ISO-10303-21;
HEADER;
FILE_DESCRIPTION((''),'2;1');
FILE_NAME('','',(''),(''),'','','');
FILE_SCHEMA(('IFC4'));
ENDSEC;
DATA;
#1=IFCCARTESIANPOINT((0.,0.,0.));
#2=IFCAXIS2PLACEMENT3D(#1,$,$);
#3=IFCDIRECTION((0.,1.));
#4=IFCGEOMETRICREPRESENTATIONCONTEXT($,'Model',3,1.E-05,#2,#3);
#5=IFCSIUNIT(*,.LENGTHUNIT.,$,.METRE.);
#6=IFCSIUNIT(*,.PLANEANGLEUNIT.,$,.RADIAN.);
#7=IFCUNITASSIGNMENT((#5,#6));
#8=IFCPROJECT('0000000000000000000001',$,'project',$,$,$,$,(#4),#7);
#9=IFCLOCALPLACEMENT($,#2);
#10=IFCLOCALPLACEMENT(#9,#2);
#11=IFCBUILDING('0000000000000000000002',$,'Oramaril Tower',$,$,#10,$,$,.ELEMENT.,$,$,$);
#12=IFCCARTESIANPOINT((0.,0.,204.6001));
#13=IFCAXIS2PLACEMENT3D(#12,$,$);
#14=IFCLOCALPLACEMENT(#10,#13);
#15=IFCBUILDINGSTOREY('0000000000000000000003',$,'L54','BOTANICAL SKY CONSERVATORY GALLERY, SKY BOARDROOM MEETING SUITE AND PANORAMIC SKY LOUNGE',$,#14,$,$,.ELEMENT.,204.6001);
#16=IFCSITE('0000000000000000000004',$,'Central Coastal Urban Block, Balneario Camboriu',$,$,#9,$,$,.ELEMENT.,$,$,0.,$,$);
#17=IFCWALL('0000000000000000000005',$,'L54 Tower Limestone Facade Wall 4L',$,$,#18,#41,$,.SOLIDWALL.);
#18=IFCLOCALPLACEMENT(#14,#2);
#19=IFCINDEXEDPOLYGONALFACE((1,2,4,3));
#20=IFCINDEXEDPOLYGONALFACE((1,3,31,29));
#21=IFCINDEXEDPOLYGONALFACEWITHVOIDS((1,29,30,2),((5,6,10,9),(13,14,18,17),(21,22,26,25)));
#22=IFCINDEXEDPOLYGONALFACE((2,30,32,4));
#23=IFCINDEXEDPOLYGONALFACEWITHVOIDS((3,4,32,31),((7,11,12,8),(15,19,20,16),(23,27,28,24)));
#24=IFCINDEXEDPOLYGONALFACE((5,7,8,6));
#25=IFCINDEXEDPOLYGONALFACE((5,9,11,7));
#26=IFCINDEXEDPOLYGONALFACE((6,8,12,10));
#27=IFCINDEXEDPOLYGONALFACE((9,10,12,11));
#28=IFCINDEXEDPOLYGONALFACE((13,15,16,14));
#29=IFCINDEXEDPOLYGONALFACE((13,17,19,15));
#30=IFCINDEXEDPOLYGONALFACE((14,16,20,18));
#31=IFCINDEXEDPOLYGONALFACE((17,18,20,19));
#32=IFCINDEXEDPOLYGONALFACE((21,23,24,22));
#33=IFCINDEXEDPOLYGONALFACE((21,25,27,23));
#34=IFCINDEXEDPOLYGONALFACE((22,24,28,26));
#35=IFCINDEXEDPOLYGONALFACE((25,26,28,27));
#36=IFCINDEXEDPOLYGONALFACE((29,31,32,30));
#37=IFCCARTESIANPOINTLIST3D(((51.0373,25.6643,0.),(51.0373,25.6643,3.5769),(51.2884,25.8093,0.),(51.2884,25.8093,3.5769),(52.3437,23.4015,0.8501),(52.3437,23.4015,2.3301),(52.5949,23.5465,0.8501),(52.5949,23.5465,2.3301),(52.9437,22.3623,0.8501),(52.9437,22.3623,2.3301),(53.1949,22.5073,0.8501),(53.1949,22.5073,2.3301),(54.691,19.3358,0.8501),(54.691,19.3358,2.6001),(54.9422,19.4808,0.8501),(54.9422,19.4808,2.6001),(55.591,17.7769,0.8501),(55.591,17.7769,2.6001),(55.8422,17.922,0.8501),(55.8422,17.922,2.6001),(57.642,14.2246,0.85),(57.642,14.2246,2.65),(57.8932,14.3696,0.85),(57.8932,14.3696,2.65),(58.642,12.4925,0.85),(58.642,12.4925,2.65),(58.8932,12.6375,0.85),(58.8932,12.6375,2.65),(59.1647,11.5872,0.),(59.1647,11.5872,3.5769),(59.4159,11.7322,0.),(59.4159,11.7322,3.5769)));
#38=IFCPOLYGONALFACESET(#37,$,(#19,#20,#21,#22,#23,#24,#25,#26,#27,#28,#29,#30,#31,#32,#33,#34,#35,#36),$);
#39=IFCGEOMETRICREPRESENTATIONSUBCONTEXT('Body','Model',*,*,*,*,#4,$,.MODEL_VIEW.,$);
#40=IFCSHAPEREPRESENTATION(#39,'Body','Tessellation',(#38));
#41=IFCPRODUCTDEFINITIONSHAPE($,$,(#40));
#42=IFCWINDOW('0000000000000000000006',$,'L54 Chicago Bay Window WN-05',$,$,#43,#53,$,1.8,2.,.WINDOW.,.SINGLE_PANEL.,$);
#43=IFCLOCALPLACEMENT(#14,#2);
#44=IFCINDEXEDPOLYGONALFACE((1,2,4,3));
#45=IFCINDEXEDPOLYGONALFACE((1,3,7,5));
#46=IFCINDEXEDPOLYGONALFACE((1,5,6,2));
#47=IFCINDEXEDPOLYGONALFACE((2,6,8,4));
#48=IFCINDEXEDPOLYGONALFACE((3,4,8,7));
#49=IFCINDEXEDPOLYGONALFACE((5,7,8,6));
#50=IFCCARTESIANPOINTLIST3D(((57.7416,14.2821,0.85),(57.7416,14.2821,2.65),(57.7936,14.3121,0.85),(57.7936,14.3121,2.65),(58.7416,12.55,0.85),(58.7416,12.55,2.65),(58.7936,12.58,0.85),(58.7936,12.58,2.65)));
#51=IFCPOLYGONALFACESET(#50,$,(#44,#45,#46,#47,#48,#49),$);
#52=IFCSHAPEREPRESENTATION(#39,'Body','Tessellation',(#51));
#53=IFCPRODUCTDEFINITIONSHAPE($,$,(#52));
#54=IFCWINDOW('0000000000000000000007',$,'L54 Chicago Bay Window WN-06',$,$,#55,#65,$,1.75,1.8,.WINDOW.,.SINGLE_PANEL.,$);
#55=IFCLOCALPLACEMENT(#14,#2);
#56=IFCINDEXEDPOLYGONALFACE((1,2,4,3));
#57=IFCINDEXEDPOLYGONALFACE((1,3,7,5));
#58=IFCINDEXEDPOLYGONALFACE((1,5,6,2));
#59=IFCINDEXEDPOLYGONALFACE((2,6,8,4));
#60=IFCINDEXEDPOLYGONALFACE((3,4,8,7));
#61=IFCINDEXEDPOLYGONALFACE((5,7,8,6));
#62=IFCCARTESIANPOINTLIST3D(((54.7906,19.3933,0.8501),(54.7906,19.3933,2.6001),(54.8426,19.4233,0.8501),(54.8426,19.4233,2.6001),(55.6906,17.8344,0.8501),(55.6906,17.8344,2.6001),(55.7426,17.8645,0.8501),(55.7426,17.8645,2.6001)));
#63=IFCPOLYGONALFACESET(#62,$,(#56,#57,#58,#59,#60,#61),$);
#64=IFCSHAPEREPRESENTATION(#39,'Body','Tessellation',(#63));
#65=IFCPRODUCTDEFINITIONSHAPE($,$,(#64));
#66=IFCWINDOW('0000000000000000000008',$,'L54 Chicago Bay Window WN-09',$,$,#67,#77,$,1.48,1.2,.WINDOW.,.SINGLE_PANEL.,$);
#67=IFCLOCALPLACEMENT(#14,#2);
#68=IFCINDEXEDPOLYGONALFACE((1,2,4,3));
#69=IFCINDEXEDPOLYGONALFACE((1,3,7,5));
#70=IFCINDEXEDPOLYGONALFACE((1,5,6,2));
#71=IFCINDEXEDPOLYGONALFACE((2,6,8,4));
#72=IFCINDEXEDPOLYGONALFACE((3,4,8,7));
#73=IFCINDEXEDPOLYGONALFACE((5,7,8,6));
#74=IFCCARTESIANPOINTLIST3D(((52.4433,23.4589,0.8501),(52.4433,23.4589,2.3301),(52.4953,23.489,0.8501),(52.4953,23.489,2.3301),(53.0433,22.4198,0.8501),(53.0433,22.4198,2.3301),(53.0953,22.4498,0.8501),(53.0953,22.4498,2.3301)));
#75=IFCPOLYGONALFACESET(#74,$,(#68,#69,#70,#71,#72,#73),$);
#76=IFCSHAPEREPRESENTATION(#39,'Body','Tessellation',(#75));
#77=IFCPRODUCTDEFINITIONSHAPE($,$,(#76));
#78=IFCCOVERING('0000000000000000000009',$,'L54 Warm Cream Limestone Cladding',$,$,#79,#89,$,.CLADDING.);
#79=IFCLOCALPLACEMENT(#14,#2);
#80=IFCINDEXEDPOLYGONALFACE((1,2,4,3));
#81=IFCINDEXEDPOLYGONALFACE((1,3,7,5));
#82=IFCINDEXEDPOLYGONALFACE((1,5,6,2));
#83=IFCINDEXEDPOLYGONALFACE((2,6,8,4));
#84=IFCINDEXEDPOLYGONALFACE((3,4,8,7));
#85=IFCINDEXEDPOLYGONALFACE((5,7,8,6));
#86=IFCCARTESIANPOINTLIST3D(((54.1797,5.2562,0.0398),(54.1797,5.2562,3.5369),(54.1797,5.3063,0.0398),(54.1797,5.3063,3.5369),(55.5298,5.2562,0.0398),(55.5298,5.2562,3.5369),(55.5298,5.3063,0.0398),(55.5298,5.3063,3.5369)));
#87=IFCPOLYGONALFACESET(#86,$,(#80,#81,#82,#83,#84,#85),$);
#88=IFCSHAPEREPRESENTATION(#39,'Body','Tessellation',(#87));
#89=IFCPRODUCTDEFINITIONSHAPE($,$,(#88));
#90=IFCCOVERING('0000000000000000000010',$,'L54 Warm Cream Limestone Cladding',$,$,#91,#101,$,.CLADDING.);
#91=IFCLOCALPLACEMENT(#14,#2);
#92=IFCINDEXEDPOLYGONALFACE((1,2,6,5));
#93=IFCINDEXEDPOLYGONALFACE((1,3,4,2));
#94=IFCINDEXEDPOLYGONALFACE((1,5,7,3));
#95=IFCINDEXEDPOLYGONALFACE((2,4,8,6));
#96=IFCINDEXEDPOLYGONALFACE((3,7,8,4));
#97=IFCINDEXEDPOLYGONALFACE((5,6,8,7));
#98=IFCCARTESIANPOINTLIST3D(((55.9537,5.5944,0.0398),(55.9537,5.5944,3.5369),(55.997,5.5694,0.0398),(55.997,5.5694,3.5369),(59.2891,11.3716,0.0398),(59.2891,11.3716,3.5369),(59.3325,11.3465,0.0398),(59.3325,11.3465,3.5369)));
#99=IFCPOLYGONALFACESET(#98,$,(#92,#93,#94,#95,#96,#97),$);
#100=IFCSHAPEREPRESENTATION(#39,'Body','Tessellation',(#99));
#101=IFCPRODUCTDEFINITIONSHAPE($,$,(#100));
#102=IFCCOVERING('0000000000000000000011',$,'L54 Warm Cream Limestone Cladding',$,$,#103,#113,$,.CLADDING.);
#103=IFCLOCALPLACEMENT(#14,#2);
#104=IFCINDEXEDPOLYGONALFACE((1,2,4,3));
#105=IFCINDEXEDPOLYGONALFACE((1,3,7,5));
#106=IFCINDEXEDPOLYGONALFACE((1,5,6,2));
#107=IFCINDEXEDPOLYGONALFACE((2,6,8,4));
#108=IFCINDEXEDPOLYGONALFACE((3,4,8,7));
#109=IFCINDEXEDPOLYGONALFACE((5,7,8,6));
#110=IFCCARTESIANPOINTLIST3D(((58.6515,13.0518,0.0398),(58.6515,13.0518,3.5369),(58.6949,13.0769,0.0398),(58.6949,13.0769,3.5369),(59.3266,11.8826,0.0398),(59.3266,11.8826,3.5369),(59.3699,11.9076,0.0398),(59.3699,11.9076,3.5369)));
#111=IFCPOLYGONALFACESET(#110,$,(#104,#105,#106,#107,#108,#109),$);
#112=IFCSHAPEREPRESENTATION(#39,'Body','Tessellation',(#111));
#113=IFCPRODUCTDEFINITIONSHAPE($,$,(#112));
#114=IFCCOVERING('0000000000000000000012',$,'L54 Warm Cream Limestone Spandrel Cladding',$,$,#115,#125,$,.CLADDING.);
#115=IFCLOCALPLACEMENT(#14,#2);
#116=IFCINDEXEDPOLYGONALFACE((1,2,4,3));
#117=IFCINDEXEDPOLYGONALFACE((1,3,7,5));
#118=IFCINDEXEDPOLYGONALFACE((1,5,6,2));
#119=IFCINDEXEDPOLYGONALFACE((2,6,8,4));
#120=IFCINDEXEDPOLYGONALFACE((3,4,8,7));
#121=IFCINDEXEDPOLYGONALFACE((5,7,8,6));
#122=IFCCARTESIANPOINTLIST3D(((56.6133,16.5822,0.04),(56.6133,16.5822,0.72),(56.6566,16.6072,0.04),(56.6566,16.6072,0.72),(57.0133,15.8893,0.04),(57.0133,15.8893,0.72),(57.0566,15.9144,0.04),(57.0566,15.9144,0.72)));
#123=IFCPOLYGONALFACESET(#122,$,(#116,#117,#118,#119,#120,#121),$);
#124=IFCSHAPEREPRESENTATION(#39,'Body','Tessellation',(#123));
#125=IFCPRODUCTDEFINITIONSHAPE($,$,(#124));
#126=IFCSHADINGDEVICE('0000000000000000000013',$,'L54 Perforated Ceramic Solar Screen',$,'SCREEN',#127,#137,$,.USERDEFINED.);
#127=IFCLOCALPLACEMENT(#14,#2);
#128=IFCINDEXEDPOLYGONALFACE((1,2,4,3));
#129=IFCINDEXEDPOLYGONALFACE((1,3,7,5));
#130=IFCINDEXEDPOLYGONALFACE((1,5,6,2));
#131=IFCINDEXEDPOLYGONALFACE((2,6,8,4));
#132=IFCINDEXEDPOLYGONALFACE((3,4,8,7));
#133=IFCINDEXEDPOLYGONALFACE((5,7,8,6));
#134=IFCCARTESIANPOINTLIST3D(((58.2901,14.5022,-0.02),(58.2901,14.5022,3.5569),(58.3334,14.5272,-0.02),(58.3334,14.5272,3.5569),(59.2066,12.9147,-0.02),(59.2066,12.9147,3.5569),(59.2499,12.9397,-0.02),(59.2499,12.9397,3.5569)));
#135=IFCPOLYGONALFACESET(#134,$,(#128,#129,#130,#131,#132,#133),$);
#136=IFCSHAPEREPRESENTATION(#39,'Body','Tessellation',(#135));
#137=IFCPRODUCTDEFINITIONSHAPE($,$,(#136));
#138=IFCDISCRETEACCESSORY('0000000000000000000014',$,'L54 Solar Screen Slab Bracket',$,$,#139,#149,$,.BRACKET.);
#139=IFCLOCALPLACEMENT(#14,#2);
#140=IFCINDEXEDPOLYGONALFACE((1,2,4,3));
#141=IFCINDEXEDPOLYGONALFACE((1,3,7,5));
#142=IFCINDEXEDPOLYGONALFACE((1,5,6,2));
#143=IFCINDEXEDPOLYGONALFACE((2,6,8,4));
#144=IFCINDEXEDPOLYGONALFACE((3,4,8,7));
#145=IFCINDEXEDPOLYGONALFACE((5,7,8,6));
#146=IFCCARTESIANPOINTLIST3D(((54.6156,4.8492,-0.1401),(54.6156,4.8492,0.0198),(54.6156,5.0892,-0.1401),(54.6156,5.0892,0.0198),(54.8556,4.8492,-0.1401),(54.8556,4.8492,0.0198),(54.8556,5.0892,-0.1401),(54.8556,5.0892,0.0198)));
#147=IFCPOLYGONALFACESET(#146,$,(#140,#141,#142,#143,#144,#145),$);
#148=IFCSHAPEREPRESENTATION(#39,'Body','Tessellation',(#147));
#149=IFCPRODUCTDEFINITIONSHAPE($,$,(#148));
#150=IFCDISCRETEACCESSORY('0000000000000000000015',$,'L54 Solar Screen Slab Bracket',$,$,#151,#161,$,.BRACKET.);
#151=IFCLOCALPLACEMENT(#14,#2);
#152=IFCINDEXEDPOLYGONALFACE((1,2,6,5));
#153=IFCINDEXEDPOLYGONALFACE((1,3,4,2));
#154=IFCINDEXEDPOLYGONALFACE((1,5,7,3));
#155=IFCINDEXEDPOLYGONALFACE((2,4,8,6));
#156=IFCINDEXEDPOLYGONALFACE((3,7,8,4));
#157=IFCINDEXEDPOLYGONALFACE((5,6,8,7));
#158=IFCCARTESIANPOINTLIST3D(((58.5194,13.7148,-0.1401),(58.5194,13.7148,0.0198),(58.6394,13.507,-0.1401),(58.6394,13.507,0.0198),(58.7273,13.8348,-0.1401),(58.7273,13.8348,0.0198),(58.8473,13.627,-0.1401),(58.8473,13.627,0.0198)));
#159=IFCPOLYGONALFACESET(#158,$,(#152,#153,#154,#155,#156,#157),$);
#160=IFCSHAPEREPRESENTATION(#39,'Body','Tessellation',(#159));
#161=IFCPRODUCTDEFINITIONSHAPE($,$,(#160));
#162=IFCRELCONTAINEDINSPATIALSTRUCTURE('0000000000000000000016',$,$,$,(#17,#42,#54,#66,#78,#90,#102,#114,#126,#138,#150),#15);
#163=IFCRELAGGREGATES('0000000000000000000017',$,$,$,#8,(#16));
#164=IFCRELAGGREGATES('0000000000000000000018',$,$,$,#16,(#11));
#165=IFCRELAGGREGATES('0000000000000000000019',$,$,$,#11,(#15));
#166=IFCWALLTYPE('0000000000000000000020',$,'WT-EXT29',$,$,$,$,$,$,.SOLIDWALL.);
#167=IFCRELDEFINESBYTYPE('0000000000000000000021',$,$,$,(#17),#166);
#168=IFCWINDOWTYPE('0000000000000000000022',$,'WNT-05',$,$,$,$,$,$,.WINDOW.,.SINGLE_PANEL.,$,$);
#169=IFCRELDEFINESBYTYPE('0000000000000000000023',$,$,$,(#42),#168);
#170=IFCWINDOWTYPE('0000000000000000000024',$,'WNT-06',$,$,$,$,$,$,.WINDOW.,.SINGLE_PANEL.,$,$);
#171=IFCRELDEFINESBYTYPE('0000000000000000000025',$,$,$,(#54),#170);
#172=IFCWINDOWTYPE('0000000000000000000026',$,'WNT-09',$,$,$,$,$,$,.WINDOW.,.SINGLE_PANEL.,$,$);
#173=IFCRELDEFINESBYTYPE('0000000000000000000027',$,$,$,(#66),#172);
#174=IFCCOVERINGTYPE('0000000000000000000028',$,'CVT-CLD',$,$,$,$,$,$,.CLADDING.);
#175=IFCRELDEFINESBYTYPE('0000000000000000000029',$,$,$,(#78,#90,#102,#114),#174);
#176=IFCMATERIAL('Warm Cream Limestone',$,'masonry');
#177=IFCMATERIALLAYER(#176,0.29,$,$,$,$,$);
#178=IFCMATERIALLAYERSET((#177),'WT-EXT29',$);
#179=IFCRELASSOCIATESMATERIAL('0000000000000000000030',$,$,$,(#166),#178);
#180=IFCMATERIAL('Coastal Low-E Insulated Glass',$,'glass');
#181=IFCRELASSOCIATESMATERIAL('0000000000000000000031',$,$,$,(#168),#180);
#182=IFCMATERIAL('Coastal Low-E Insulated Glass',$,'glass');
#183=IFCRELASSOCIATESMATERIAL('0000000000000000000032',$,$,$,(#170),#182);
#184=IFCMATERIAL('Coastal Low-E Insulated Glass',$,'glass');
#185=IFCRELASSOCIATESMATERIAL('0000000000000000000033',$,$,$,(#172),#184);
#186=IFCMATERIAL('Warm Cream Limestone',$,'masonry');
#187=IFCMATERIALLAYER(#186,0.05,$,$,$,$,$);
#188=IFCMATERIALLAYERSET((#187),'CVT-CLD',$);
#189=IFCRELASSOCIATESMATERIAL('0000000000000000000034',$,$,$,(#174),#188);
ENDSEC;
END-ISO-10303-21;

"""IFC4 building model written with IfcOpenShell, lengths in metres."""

from ifc_helpers import new_model, si_unit, direction, frame, frame_2d, origin, origin_2d, place, context, subcontext, project, spatial, rectangle, extrude, material, layer, layer_set, type_object, element, fill, save


model = new_model("IFC4")

# Units and contexts
model_context = context("Model", 3, precision=1e-05, world=origin(), true_north=direction((0.0, 1.0)))
body_context = subcontext(model_context, "Body", "Model", "MODEL_VIEW")
ifc_project = project(units=[si_unit("LENGTHUNIT", "METRE"), si_unit("PLANEANGLEUNIT", "RADIAN")], contexts=[model_context])

# Site, building, storey
site_placement = place(None, origin())
site = spatial("IfcSite", under=ifc_project, at=site_placement, Name="Central Coastal Urban Block, Balneario Camboriu", CompositionType="ELEMENT", RefElevation=0.0)
building_placement = place(site_placement, origin())
building = spatial("IfcBuilding", under=site, at=building_placement, Name="Oramaril Tower", CompositionType="ELEMENT")
storey_placement = place(building_placement, frame((0.0, 0.0, 204.6001)))
storey = spatial("IfcBuildingStorey", under=building, at=storey_placement, Name="L54", Description="BOTANICAL SKY CONSERVATORY GALLERY, SKY BOARDROOM MEETING SUITE AND PANORAMIC SKY LOUNGE", CompositionType="ELEMENT", Elevation=204.6001)

# Shared definitions
ifc_material_1 = material(Name="Warm Cream Limestone", Category="masonry")
ifc_layer_1 = layer(ifc_material_1, 0.29)
ifc_layer_set_1 = layer_set([ifc_layer_1], Name="WT-EXT29")
wall_type = type_object("IfcWallType", Name="WT-EXT29", PredefinedType="SOLIDWALL", material=ifc_layer_set_1)

# Wall, openings, windows
wall_1_placement = place(storey_placement, frame((59.2903, 11.6597, 0.0), z_axis=(0.0, 0.0, 1.0), x_axis=(-0.5, 0.866026, 0.0)))
wall_1 = element("IfcWall", 1, at=wall_1_placement, inside=storey, type_object=wall_type, Name="L54 Tower Limestone Facade Wall 4L", PredefinedType="SOLIDWALL", context=body_context, shape_type="SweptSolid", body=[
    extrude(rectangle(XDim=16.2549, YDim=0.29, at=frame_2d((8.1274, 0.0))), origin(), (0.0, 0.0, 1.0), 3.5769),
])
opening_1_placement = place(wall_1_placement, frame((1.0454, 0.0, 0.8501)))
opening_1 = element("IfcOpeningElement", 2, at=opening_1_placement, cuts=wall_1, PredefinedType="OPENING", context=body_context, shape_type="SweptSolid", body=[
    extrude(rectangle(XDim=2.0, YDim=1.8, at=frame_2d((1.0, 0.8999))), frame((0.0, 0.145, 0.0), z_axis=(0.0, -1.0, 0.0), x_axis=(1.0, 0.0, 0.0)), (0.0, 0.0, 1.0), 0.29),
])
opening_2_placement = place(wall_1_placement, frame((7.1475, 0.0, 0.8501)))
opening_2 = element("IfcOpeningElement", 3, at=opening_2_placement, cuts=wall_1, PredefinedType="OPENING", context=body_context, shape_type="SweptSolid", body=[
    extrude(rectangle(XDim=1.8, YDim=1.75, at=frame_2d((0.8999, 0.875))), frame((0.0, 0.145, 0.0), z_axis=(0.0, -1.0, 0.0), x_axis=(1.0, 0.0, 0.0)), (0.0, 0.0, 1.0), 0.29),
])
opening_3_placement = place(wall_1_placement, frame((12.4419, 0.0, 0.8501)))
opening_3 = element("IfcOpeningElement", 4, at=opening_3_placement, cuts=wall_1, PredefinedType="OPENING", context=body_context, shape_type="SweptSolid", body=[
    extrude(rectangle(XDim=1.2, YDim=1.48, at=frame_2d((0.6001, 0.74))), frame((0.0, 0.145, 0.0), z_axis=(0.0, -1.0, 0.0), x_axis=(1.0, 0.0, 0.0)), (0.0, 0.0, 1.0), 0.29),
])
ifc_material_2 = material(Name="Coastal Low-E Insulated Glass", Category="glass")
window_type_1 = type_object("IfcWindowType", Name="WNT-05", PartitioningType="SINGLE_PANEL", PredefinedType="WINDOW", material=ifc_material_2)
window_1_placement = place(opening_1_placement, origin())
window_1 = element("IfcWindow", 5, at=window_1_placement, inside=storey, type_object=window_type_1, Name="L54 Chicago Bay Window WN-05", OverallHeight=1.8, OverallWidth=2.0, PartitioningType="SINGLE_PANEL", PredefinedType="WINDOW", context=body_context, shape_type="SweptSolid", body=[
    extrude(rectangle(XDim=2.0, YDim=1.8, at=frame_2d((1.0, 0.8999))), frame((0.0, 0.03, 0.0), z_axis=(0.0, -1.0, 0.0), x_axis=(1.0, 0.0, 0.0)), (0.0, 0.0, 1.0), 0.0601),
])
fill(opening_1, window_1)
ifc_material_3 = material(Name="Coastal Low-E Insulated Glass", Category="glass")
window_type_2 = type_object("IfcWindowType", Name="WNT-06", PartitioningType="SINGLE_PANEL", PredefinedType="WINDOW", material=ifc_material_3)
window_2_placement = place(opening_2_placement, origin())
window_2 = element("IfcWindow", 6, at=window_2_placement, inside=storey, type_object=window_type_2, Name="L54 Chicago Bay Window WN-06", OverallHeight=1.75, OverallWidth=1.8, PartitioningType="SINGLE_PANEL", PredefinedType="WINDOW", context=body_context, shape_type="SweptSolid", body=[
    extrude(rectangle(XDim=1.8, YDim=1.75, at=frame_2d((0.8999, 0.875))), frame((0.0, 0.03, 0.0), z_axis=(0.0, -1.0, 0.0), x_axis=(1.0, 0.0, 0.0)), (0.0, 0.0, 1.0), 0.0601),
])
fill(opening_2, window_2)
ifc_material_4 = material(Name="Coastal Low-E Insulated Glass", Category="glass")
window_type_3 = type_object("IfcWindowType", Name="WNT-09", PartitioningType="SINGLE_PANEL", PredefinedType="WINDOW", material=ifc_material_4)
window_3_placement = place(opening_3_placement, origin())
window_3 = element("IfcWindow", 7, at=window_3_placement, inside=storey, type_object=window_type_3, Name="L54 Chicago Bay Window WN-09", OverallHeight=1.48, OverallWidth=1.2, PartitioningType="SINGLE_PANEL", PredefinedType="WINDOW", context=body_context, shape_type="SweptSolid", body=[
    extrude(rectangle(XDim=1.2, YDim=1.48, at=frame_2d((0.6001, 0.74))), frame((0.0, 0.03, 0.0), z_axis=(0.0, -1.0, 0.0), x_axis=(1.0, 0.0, 0.0)), (0.0, 0.0, 1.0), 0.0601),
])
fill(opening_3, window_3)

# Coverings
ifc_material_5 = material(Name="Warm Cream Limestone", Category="masonry")
ifc_layer_2 = layer(ifc_material_5, 0.05)
ifc_layer_set_2 = layer_set([ifc_layer_2], Name="CVT-CLD")
covering_type = type_object("IfcCoveringType", Name="CVT-CLD", PredefinedType="CLADDING", material=ifc_layer_set_2)
covering_1_placement = place(storey_placement, frame((54.8547, 5.2812, 0.0398), z_axis=(0.0, 0.0, 1.0), x_axis=(1.0, 0.0, 0.0)))
element("IfcCovering", 8, at=covering_1_placement, inside=storey, type_object=covering_type, Name="L54 Warm Cream Limestone Cladding", PredefinedType="CLADDING", context=body_context, shape_type="SweptSolid", body=[
    extrude(rectangle(XDim=1.3501, YDim=0.05, at=origin_2d()), origin(), (0.0, 0.0, 1.0), 3.4971),
])
covering_2_placement = place(storey_placement, frame((57.6431, 8.4705, 0.0398), z_axis=(0.0, 0.0, 1.0), x_axis=(0.499998, 0.866026, 0.0)))
element("IfcCovering", 9, at=covering_2_placement, inside=storey, type_object=covering_type, Name="L54 Warm Cream Limestone Cladding", PredefinedType="CLADDING", context=body_context, shape_type="SweptSolid", body=[
    extrude(rectangle(XDim=6.6709, YDim=0.05, at=origin_2d()), origin(), (0.0, 0.0, 1.0), 3.4971),
])
covering_3_placement = place(storey_placement, frame((59.0107, 12.4797, 0.0398), z_axis=(0.0, 0.0, 1.0), x_axis=(-0.5, 0.866025, 0.0)))
element("IfcCovering", 10, at=covering_3_placement, inside=storey, type_object=covering_type, Name="L54 Warm Cream Limestone Cladding", PredefinedType="CLADDING", context=body_context, shape_type="SweptSolid", body=[
    extrude(rectangle(XDim=1.3501, YDim=0.05, at=origin_2d()), origin(), (0.0, 0.0, 1.0), 3.4971),
])
covering_4_placement = place(storey_placement, frame((56.835, 16.2483, 0.04), z_axis=(0.0, 0.0, 1.0), x_axis=(-0.5, 0.866025, 0.0)))
element("IfcCovering", 11, at=covering_4_placement, inside=storey, type_object=covering_type, Name="L54 Warm Cream Limestone Spandrel Cladding", PredefinedType="CLADDING", context=body_context, shape_type="SweptSolid", body=[
    extrude(rectangle(XDim=0.8, YDim=0.05, at=origin_2d()), origin(), (0.0, 0.0, 1.0), 0.6799),
])

# Shading device
shading_device_placement = place(storey_placement, frame((58.77, 13.7209, -0.02), z_axis=(0.0, 0.0, 1.0), x_axis=(-0.499998, 0.866026, 0.0)))
element("IfcShadingDevice", 12, at=shading_device_placement, inside=storey, Name="L54 Perforated Ceramic Solar Screen", ObjectType="SCREEN", PredefinedType="USERDEFINED", context=body_context, shape_type="SweptSolid", body=[
    extrude(rectangle(XDim=1.833, YDim=0.05, at=origin_2d()), origin(), (0.0, 0.0, 1.0), 3.5769),
])

# Discrete accessories
for number, where, z_axis, x_axis, name in (
    (13, (54.7356, 4.9692, -0.1401), (0.0, 0.0, 1.0), (1.0, 0.0, 0.0), "L54 Solar Screen Slab Bracket"),
    (14, (58.6833, 13.6709, -0.1401), (0.0, 0.0, 1.0), (-0.499998, 0.866026, 0.0), "L54 Solar Screen Slab Bracket"),
):
    element("IfcDiscreteAccessory", number, at=place(storey_placement, frame(where, z_axis=z_axis, x_axis=x_axis)), inside=storey, Name=name, PredefinedType="BRACKET", context=body_context, shape_type="SweptSolid", body=[
        extrude(rectangle(XDim=0.24, YDim=0.24, at=origin_2d()), origin(), (0.0, 0.0, 1.0), 0.1599),
    ])

save(model, "model.ifc")
